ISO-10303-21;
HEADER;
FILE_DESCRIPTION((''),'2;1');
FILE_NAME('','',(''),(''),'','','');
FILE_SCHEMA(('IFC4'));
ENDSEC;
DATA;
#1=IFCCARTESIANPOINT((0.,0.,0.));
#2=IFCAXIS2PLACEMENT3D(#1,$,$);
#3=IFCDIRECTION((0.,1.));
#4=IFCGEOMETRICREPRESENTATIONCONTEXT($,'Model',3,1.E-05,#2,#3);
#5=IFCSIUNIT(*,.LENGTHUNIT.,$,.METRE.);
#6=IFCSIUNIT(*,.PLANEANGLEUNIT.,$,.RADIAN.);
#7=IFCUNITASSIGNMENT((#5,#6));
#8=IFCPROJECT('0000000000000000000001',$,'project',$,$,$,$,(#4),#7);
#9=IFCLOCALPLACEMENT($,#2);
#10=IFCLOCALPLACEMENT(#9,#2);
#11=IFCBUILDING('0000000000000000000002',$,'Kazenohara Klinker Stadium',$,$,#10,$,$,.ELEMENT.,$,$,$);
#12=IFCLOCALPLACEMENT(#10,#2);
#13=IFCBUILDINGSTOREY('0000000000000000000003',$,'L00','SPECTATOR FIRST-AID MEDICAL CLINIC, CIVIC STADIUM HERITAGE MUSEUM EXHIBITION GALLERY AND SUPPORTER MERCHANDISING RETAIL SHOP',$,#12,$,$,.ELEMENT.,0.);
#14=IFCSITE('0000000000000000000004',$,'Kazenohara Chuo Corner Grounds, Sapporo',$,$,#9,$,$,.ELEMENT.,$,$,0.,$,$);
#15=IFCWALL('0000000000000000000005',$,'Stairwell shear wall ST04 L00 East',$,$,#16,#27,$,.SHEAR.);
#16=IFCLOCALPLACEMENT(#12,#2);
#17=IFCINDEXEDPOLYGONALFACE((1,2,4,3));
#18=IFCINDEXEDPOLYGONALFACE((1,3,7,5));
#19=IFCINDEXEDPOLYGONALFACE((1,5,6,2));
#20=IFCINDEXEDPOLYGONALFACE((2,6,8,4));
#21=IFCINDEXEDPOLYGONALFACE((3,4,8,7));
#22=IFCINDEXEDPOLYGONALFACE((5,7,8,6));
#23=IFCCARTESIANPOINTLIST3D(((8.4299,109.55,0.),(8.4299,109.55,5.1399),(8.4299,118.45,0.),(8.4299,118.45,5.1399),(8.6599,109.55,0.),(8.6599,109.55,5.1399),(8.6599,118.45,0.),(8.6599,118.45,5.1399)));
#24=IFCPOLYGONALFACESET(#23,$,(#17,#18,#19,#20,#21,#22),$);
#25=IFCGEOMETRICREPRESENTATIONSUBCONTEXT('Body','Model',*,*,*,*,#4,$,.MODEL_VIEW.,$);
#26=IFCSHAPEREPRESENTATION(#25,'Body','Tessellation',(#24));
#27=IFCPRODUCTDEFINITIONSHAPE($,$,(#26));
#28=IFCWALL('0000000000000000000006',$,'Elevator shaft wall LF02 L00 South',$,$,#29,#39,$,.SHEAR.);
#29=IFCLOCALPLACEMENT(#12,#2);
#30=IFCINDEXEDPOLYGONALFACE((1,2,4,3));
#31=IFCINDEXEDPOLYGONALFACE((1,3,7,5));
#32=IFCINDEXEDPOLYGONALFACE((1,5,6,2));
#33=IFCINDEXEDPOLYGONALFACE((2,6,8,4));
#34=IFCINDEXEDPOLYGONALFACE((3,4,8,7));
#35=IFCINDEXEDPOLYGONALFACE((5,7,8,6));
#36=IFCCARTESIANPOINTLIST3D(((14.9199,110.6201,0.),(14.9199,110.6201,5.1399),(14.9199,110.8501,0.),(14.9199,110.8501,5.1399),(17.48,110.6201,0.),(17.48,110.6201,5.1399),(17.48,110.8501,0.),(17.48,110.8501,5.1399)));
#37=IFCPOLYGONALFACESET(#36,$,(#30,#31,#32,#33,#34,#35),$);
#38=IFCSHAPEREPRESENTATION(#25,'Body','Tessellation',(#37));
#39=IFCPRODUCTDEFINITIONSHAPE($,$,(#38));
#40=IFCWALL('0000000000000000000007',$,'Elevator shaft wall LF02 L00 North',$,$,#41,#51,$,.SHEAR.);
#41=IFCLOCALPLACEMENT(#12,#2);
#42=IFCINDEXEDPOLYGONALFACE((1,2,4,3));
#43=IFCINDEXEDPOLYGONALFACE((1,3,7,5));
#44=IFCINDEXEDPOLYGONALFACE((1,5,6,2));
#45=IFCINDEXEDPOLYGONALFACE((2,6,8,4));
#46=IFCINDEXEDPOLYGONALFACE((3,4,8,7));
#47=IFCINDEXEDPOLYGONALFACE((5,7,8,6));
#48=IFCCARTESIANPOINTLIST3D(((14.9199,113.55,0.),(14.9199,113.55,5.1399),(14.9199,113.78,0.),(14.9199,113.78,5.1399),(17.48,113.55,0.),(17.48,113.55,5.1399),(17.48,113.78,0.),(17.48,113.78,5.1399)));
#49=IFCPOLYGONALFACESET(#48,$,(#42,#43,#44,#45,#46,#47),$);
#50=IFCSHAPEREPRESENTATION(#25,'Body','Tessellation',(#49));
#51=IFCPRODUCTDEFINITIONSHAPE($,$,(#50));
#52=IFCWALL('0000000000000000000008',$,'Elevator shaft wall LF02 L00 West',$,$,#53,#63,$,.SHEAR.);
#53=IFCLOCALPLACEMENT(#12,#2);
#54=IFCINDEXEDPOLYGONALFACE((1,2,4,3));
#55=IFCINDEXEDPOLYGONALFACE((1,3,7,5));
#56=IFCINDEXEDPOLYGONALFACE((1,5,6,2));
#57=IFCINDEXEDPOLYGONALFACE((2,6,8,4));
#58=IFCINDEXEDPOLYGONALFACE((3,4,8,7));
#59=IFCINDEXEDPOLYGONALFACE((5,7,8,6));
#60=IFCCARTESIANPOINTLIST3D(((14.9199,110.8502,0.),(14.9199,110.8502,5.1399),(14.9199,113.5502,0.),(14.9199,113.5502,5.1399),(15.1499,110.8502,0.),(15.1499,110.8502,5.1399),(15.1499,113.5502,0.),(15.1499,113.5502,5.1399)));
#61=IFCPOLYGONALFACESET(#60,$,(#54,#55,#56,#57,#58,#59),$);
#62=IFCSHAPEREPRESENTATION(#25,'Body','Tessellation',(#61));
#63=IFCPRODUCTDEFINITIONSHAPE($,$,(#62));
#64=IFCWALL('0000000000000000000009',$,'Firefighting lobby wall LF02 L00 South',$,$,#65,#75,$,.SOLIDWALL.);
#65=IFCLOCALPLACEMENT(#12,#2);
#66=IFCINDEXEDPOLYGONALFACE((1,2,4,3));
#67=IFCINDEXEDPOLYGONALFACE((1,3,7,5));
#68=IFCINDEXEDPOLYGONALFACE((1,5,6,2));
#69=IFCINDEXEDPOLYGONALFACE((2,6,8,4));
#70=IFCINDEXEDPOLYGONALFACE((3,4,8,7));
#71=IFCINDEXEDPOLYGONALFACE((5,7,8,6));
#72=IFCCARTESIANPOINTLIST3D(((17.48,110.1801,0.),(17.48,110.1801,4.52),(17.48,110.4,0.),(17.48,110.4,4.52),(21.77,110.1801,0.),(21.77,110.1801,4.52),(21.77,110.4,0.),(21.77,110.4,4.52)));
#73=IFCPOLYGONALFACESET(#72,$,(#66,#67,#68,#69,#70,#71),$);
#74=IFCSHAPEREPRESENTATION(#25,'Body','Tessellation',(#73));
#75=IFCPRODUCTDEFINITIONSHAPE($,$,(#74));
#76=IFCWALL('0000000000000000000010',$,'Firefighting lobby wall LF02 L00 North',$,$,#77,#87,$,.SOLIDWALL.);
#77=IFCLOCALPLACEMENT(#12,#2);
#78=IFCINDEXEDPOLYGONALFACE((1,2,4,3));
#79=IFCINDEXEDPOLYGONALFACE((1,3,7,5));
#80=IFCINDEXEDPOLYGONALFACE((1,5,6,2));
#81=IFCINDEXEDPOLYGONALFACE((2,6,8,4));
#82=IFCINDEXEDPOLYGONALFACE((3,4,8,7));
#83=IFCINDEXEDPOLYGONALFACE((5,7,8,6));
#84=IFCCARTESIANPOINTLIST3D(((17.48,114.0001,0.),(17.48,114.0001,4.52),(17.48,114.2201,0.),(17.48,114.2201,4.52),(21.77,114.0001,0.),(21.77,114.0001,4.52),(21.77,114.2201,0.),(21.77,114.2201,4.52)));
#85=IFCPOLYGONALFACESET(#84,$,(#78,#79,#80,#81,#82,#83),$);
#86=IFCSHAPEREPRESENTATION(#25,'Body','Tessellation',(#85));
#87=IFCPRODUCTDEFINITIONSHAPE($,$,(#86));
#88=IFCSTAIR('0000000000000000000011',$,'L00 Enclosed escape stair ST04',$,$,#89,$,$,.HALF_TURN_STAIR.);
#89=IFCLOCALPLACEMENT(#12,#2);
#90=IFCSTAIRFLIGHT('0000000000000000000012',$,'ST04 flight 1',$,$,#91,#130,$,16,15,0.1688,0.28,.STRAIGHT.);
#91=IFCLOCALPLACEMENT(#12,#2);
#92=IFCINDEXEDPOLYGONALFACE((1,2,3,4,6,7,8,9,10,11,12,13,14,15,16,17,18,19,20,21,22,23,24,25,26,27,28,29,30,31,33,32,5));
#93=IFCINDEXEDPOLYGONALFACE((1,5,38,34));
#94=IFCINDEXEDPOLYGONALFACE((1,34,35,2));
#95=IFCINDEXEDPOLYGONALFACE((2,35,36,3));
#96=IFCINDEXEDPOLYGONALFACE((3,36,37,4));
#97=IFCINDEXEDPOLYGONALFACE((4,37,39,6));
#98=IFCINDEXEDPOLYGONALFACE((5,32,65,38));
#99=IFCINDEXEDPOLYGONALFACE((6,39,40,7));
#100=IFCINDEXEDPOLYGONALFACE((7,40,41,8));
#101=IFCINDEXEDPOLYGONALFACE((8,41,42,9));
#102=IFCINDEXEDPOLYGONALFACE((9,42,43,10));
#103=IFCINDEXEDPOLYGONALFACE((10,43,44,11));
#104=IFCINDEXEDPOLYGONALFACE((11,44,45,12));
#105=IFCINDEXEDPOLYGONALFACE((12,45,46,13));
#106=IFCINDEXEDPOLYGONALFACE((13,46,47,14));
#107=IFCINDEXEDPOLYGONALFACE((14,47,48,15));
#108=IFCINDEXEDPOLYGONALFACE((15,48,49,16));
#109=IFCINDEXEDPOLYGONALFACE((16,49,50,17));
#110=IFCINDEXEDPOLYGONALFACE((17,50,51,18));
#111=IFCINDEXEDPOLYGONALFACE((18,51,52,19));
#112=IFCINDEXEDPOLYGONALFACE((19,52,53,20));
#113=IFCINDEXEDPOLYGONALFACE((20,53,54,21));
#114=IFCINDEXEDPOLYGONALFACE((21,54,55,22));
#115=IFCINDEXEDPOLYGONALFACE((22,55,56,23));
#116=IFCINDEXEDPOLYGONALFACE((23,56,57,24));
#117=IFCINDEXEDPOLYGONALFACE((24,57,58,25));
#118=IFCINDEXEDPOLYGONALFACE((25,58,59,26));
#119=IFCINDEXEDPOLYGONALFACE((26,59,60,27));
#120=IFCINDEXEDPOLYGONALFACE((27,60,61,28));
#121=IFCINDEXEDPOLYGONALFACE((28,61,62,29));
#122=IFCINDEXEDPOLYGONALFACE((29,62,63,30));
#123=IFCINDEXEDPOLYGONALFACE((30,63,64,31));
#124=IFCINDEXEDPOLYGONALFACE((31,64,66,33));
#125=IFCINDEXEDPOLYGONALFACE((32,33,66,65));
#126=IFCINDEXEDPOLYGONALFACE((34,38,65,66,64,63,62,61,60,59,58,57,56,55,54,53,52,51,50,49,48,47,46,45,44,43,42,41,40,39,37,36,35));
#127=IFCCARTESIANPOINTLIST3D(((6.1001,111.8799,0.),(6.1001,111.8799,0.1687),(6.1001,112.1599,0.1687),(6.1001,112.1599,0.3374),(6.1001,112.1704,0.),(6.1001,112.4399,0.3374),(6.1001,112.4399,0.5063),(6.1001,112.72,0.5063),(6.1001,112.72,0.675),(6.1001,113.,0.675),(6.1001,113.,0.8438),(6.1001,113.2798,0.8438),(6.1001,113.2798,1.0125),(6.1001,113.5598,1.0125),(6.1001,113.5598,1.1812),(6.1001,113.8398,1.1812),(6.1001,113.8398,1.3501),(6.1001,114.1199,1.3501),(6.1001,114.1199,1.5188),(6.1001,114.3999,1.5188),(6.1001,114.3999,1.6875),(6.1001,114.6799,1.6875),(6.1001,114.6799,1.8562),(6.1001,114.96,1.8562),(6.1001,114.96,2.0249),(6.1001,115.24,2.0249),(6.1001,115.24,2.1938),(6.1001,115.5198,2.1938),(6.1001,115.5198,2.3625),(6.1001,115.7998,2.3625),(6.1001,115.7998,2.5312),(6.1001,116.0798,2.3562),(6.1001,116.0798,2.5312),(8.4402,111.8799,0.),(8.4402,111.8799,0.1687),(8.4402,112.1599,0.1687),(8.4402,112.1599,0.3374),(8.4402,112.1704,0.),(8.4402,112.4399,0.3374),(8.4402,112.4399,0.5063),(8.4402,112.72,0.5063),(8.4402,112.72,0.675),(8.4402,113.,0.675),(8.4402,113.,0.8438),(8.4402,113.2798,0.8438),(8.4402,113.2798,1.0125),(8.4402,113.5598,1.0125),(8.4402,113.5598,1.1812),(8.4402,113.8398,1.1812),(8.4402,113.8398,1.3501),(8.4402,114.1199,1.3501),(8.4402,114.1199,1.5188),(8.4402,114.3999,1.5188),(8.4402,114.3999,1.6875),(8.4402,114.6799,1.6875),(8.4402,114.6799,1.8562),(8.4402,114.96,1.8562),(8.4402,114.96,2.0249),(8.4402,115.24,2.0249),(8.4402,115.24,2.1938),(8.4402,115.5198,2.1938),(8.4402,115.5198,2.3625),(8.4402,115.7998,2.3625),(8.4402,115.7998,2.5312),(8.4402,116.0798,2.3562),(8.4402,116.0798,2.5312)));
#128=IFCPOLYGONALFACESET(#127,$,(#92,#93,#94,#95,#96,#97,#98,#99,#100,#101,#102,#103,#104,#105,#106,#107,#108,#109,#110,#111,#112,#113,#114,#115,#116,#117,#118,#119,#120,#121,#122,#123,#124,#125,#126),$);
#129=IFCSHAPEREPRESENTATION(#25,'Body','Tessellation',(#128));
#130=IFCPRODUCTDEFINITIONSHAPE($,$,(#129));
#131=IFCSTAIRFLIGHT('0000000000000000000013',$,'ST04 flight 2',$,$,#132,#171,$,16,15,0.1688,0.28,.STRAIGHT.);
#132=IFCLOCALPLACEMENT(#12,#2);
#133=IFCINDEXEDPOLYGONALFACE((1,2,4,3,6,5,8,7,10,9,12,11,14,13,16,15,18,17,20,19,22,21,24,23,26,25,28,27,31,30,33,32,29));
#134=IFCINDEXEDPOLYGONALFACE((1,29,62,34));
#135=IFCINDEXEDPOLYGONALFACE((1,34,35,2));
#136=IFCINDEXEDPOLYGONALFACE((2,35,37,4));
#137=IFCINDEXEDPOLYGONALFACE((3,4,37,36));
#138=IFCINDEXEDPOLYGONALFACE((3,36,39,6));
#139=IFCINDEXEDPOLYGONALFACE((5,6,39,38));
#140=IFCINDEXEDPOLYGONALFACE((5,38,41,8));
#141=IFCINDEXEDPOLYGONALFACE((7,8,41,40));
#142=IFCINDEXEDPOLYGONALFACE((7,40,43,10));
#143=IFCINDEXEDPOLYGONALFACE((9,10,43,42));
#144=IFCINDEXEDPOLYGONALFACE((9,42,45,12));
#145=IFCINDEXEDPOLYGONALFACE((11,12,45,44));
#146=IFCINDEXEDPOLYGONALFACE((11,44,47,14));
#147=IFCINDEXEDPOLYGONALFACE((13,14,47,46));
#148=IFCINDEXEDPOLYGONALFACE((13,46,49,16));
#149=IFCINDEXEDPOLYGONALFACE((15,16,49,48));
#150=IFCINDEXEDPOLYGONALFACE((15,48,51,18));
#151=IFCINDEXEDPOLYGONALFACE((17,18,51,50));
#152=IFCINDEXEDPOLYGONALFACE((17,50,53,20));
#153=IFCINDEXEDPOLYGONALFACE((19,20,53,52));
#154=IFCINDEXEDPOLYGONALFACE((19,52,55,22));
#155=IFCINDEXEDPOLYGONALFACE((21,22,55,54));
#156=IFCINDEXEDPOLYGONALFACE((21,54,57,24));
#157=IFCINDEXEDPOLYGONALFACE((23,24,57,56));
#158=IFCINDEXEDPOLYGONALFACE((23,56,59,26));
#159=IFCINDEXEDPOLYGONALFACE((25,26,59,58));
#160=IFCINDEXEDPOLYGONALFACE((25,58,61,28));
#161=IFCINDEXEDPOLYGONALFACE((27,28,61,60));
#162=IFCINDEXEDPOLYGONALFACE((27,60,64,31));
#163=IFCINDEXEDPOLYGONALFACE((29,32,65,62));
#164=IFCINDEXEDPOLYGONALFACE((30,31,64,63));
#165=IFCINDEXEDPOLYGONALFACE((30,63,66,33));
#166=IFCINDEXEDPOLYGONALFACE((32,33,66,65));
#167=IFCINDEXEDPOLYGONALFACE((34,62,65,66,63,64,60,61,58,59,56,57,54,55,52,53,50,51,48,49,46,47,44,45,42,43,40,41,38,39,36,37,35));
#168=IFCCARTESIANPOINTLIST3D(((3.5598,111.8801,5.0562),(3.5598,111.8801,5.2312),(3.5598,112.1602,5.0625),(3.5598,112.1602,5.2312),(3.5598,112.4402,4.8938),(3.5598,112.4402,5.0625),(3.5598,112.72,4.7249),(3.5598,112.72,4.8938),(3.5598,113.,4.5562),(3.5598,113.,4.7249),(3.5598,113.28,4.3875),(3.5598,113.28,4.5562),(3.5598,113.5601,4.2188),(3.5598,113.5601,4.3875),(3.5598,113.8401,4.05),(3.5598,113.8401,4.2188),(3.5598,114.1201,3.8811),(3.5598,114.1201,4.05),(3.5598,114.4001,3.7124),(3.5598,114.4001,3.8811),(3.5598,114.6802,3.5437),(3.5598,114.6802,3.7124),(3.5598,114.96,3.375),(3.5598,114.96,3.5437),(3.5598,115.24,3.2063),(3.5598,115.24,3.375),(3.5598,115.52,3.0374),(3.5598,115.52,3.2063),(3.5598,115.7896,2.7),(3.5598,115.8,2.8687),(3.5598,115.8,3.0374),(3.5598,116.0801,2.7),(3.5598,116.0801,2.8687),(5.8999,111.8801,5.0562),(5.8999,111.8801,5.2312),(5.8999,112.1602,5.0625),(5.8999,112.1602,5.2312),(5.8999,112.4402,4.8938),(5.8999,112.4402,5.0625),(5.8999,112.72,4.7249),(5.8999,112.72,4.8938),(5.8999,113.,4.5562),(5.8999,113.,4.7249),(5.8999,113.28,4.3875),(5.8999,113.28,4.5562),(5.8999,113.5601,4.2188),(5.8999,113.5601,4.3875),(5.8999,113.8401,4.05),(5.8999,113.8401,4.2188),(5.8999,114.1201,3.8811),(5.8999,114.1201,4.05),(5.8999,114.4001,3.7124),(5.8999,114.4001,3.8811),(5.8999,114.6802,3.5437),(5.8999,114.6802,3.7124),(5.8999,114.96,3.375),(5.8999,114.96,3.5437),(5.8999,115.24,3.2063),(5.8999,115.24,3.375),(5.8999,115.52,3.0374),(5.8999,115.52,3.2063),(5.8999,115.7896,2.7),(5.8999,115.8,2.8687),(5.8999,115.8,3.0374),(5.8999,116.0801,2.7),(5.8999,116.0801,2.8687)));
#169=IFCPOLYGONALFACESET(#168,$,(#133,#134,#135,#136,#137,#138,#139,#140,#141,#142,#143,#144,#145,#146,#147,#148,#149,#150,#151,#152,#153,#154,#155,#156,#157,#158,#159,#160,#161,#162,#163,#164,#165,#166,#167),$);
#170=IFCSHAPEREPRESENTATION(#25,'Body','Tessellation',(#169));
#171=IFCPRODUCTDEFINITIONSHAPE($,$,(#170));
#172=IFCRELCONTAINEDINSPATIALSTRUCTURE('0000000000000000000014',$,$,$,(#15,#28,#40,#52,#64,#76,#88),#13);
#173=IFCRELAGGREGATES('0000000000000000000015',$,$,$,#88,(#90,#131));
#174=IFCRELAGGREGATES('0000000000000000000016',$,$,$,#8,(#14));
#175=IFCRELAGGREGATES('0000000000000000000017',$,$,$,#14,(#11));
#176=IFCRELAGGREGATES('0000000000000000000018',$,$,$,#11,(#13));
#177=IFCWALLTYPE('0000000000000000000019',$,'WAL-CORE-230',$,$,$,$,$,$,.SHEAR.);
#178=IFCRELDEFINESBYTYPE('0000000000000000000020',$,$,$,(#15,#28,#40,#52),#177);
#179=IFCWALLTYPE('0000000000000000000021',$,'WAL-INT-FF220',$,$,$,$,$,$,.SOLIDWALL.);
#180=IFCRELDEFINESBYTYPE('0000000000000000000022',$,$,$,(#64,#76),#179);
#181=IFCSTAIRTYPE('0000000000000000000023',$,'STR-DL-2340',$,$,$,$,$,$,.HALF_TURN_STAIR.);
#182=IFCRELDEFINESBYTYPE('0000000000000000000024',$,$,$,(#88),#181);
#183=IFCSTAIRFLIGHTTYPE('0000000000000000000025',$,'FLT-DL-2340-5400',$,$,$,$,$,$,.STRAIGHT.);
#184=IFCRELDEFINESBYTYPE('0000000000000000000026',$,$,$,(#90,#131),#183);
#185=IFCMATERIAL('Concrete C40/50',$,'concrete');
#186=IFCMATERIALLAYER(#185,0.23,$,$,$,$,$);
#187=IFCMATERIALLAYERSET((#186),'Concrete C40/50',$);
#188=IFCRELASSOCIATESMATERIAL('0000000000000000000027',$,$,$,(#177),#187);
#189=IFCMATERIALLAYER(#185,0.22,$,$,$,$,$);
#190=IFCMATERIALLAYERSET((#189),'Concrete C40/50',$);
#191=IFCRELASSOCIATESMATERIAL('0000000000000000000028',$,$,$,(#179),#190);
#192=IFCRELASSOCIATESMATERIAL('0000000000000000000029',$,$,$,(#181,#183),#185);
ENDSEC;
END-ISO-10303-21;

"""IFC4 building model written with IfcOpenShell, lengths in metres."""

from ifc_helpers import new_model, si_unit, direction, frame, frame_2d, origin, place, context, subcontext, project, spatial, polyline, rectangle, outline, extrude, material, layer, layer_set, type_object, element, aggregate, save


model = new_model("IFC4")

# Units and contexts
model_context = context("Model", 3, precision=1e-05, world=origin(), true_north=direction((0.0, 1.0)))
body_context = subcontext(model_context, "Body", "Model", "MODEL_VIEW")
ifc_project = project(units=[si_unit("LENGTHUNIT", "METRE"), si_unit("PLANEANGLEUNIT", "RADIAN")], contexts=[model_context])

# Site, building, storey
site_placement = place(None, origin())
site = spatial("IfcSite", under=ifc_project, at=site_placement, Name="Kazenohara Chuo Corner Grounds, Sapporo", CompositionType="ELEMENT", RefElevation=0.0)
building_placement = place(site_placement, origin())
building = spatial("IfcBuilding", under=site, at=building_placement, Name="Kazenohara Klinker Stadium", CompositionType="ELEMENT")
storey_placement = place(building_placement, origin())
storey = spatial("IfcBuildingStorey", under=building, at=storey_placement, Name="L00", Description="SPECTATOR FIRST-AID MEDICAL CLINIC, CIVIC STADIUM HERITAGE MUSEUM EXHIBITION GALLERY AND SUPPORTER MERCHANDISING RETAIL SHOP", CompositionType="ELEMENT", Elevation=0.0)

# Shared definitions
ifc_material_1 = material(Name="Concrete C40/50", Category="concrete")

# Shared definitions
ifc_layer_1 = layer(ifc_material_1, 0.23)
ifc_layer_set_1 = layer_set([ifc_layer_1], Name="Concrete C40/50")
wall_type_1 = type_object("IfcWallType", Name="WAL-CORE-230", PredefinedType="SHEAR", material=ifc_layer_set_1)

# Walls
for number, where, z_axis, x_axis, name in (
    (1, (8.5449, 109.55, 0.0), (0.0, 0.0, 1.0), (0.0, 1.0, 0.0), "Stairwell shear wall ST04 L00 East"),
):
    element("IfcWall", number, at=place(storey_placement, frame(where, z_axis=z_axis, x_axis=x_axis)), inside=storey, type_object=wall_type_1, Name=name, PredefinedType="SHEAR", context=body_context, shape_type="SweptSolid", body=[
        extrude(rectangle(XDim=8.8999, YDim=0.23, at=frame_2d((4.45, 0.0))), origin(), (0.0, 0.0, 1.0), 5.1399),
    ])
for number, where, z_axis, x_axis, name in (
    (2, (14.9199, 110.7351, 0.0), (0.0, 0.0, 1.0), (1.0, 0.0, 0.0), "Elevator shaft wall LF02 L00 South"),
    (3, (14.9199, 113.665, 0.0), (0.0, 0.0, 1.0), (1.0, 0.0, 0.0), "Elevator shaft wall LF02 L00 North"),
):
    element("IfcWall", number, at=place(storey_placement, frame(where, z_axis=z_axis, x_axis=x_axis)), inside=storey, type_object=wall_type_1, Name=name, PredefinedType="SHEAR", context=body_context, shape_type="SweptSolid", body=[
        extrude(rectangle(XDim=2.5601, YDim=0.23, at=frame_2d((1.28, 0.0))), origin(), (0.0, 0.0, 1.0), 5.1399),
    ])
wall_1_placement = place(storey_placement, frame((15.0349, 110.8501, 0.0), z_axis=(0.0, 0.0, 1.0), x_axis=(0.0, 1.0, 0.0)))
element("IfcWall", 4, at=wall_1_placement, inside=storey, type_object=wall_type_1, Name="Elevator shaft wall LF02 L00 West", PredefinedType="SHEAR", context=body_context, shape_type="SweptSolid", body=[
    extrude(rectangle(XDim=2.7, YDim=0.23, at=frame_2d((1.3501, 0.0))), origin(), (0.0, 0.0, 1.0), 5.1399),
])

# Walls
ifc_layer_2 = layer(ifc_material_1, 0.22)
ifc_layer_set_2 = layer_set([ifc_layer_2], Name="Concrete C40/50")
wall_type_2 = type_object("IfcWallType", Name="WAL-INT-FF220", PredefinedType="SOLIDWALL", material=ifc_layer_set_2)
for number, where, z_axis, x_axis, name in (
    (5, (17.48, 110.29, 0.0), (0.0, 0.0, 1.0), (1.0, 0.0, 0.0), "Firefighting lobby wall LF02 L00 South"),
    (6, (17.48, 114.1101, 0.0), (0.0, 0.0, 1.0), (1.0, 0.0, 0.0), "Firefighting lobby wall LF02 L00 North"),
):
    element("IfcWall", number, at=place(storey_placement, frame(where, z_axis=z_axis, x_axis=x_axis)), inside=storey, type_object=wall_type_2, Name=name, PredefinedType="SOLIDWALL", context=body_context, shape_type="SweptSolid", body=[
        extrude(rectangle(XDim=4.29, YDim=0.22, at=frame_2d((2.145, 0.0))), origin(), (0.0, 0.0, 1.0), 4.52),
    ])

# Stair, stair flights
stair_type = type_object("IfcStairType", Name="STR-DL-2340", PredefinedType="HALF_TURN_STAIR", material=ifc_material_1)
stair_placement = place(storey_placement, origin())
stair = element("IfcStair", 7, at=stair_placement, inside=storey, type_object=stair_type, Name="L00 Enclosed escape stair ST04", PredefinedType="HALF_TURN_STAIR")
stair_flight_type = type_object("IfcStairFlightType", Name="FLT-DL-2340-5400", PredefinedType="STRAIGHT", material=ifc_material_1)
stair_flight_1_placement = place(storey_placement, frame((7.27, 111.8799, 0.0), z_axis=(0.0, 0.0, 1.0), x_axis=(0.0, 1.0, 0.0)))
stair_flight_1 = element("IfcStairFlight", 8, at=stair_flight_1_placement, type_object=stair_flight_type, Name="ST04 flight 1", NumberOfRisers=16, NumberOfTreads=15, PredefinedType="STRAIGHT", RiserHeight=0.1688, TreadLength=0.28, context=body_context, shape_type="SweptSolid", body=[
    extrude(outline(polyline([(0.0, 0.0), (0.0, 0.1687), (0.28, 0.1687), (0.28, 0.3374), (0.5601, 0.3374), (0.5601, 0.5063), (0.8401, 0.5063), (0.8401, 0.675), (1.1201, 0.675), (1.1201, 0.8438), (1.3999, 0.8438), (1.3999, 1.0125), (1.6799, 1.0125), (1.6799, 1.1812), (1.96, 1.1812), (1.96, 1.3501), (2.24, 1.3501), (2.24, 1.5188), (2.52, 1.5188), (2.52, 1.6875), (2.8, 1.6875), (2.8, 1.8562), (3.0801, 1.8562), (3.0801, 2.0249), (3.3601, 2.0249), (3.3601, 2.1938), (3.6399, 2.1938), (3.6399, 2.3625), (3.9199, 2.3625), (3.9199, 2.5312), (4.2, 2.5312), (4.2, 2.7), (4.2, 2.3562), (0.2905, 0.0), (0.0, 0.0)])), frame((0.0, 1.1699, 0.0), z_axis=(0.0, -1.0, 0.0), x_axis=(1.0, 0.0, 0.0)), (0.0, 0.0, 1.0), 2.3401),
])
stair_flight_2_placement = place(storey_placement, frame((4.73, 116.0801, 2.7), z_axis=(0.0, 0.0, 1.0), x_axis=(0.0, -1.0, 0.0)))
stair_flight_2 = element("IfcStairFlight", 9, at=stair_flight_2_placement, type_object=stair_flight_type, Name="ST04 flight 2", NumberOfRisers=16, NumberOfTreads=15, PredefinedType="STRAIGHT", RiserHeight=0.1688, TreadLength=0.28, context=body_context, shape_type="SweptSolid", body=[
    extrude(outline(polyline([(0.0, 0.0), (0.0, 0.1687), (0.28, 0.1687), (0.28, 0.3374), (0.5601, 0.3374), (0.5601, 0.5063), (0.8401, 0.5063), (0.8401, 0.675), (1.1201, 0.675), (1.1201, 0.8438), (1.3999, 0.8438), (1.3999, 1.0125), (1.6799, 1.0125), (1.6799, 1.1812), (1.96, 1.1812), (1.96, 1.3501), (2.24, 1.3501), (2.24, 1.5188), (2.52, 1.5188), (2.52, 1.6875), (2.8, 1.6875), (2.8, 1.8562), (3.0801, 1.8562), (3.0801, 2.0249), (3.3601, 2.0249), (3.3601, 2.1938), (3.6399, 2.1938), (3.6399, 2.3625), (3.9199, 2.3625), (3.9199, 2.5312), (4.2, 2.5312), (4.2, 2.7), (4.2, 2.3562), (0.2905, 0.0), (0.0, 0.0)])), frame((0.0, 1.1699, 0.0), z_axis=(0.0, -1.0, 0.0), x_axis=(1.0, 0.0, 0.0)), (0.0, 0.0, 1.0), 2.3401),
])
aggregate(stair, [stair_flight_1, stair_flight_2])

save(model, "model.ifc")
